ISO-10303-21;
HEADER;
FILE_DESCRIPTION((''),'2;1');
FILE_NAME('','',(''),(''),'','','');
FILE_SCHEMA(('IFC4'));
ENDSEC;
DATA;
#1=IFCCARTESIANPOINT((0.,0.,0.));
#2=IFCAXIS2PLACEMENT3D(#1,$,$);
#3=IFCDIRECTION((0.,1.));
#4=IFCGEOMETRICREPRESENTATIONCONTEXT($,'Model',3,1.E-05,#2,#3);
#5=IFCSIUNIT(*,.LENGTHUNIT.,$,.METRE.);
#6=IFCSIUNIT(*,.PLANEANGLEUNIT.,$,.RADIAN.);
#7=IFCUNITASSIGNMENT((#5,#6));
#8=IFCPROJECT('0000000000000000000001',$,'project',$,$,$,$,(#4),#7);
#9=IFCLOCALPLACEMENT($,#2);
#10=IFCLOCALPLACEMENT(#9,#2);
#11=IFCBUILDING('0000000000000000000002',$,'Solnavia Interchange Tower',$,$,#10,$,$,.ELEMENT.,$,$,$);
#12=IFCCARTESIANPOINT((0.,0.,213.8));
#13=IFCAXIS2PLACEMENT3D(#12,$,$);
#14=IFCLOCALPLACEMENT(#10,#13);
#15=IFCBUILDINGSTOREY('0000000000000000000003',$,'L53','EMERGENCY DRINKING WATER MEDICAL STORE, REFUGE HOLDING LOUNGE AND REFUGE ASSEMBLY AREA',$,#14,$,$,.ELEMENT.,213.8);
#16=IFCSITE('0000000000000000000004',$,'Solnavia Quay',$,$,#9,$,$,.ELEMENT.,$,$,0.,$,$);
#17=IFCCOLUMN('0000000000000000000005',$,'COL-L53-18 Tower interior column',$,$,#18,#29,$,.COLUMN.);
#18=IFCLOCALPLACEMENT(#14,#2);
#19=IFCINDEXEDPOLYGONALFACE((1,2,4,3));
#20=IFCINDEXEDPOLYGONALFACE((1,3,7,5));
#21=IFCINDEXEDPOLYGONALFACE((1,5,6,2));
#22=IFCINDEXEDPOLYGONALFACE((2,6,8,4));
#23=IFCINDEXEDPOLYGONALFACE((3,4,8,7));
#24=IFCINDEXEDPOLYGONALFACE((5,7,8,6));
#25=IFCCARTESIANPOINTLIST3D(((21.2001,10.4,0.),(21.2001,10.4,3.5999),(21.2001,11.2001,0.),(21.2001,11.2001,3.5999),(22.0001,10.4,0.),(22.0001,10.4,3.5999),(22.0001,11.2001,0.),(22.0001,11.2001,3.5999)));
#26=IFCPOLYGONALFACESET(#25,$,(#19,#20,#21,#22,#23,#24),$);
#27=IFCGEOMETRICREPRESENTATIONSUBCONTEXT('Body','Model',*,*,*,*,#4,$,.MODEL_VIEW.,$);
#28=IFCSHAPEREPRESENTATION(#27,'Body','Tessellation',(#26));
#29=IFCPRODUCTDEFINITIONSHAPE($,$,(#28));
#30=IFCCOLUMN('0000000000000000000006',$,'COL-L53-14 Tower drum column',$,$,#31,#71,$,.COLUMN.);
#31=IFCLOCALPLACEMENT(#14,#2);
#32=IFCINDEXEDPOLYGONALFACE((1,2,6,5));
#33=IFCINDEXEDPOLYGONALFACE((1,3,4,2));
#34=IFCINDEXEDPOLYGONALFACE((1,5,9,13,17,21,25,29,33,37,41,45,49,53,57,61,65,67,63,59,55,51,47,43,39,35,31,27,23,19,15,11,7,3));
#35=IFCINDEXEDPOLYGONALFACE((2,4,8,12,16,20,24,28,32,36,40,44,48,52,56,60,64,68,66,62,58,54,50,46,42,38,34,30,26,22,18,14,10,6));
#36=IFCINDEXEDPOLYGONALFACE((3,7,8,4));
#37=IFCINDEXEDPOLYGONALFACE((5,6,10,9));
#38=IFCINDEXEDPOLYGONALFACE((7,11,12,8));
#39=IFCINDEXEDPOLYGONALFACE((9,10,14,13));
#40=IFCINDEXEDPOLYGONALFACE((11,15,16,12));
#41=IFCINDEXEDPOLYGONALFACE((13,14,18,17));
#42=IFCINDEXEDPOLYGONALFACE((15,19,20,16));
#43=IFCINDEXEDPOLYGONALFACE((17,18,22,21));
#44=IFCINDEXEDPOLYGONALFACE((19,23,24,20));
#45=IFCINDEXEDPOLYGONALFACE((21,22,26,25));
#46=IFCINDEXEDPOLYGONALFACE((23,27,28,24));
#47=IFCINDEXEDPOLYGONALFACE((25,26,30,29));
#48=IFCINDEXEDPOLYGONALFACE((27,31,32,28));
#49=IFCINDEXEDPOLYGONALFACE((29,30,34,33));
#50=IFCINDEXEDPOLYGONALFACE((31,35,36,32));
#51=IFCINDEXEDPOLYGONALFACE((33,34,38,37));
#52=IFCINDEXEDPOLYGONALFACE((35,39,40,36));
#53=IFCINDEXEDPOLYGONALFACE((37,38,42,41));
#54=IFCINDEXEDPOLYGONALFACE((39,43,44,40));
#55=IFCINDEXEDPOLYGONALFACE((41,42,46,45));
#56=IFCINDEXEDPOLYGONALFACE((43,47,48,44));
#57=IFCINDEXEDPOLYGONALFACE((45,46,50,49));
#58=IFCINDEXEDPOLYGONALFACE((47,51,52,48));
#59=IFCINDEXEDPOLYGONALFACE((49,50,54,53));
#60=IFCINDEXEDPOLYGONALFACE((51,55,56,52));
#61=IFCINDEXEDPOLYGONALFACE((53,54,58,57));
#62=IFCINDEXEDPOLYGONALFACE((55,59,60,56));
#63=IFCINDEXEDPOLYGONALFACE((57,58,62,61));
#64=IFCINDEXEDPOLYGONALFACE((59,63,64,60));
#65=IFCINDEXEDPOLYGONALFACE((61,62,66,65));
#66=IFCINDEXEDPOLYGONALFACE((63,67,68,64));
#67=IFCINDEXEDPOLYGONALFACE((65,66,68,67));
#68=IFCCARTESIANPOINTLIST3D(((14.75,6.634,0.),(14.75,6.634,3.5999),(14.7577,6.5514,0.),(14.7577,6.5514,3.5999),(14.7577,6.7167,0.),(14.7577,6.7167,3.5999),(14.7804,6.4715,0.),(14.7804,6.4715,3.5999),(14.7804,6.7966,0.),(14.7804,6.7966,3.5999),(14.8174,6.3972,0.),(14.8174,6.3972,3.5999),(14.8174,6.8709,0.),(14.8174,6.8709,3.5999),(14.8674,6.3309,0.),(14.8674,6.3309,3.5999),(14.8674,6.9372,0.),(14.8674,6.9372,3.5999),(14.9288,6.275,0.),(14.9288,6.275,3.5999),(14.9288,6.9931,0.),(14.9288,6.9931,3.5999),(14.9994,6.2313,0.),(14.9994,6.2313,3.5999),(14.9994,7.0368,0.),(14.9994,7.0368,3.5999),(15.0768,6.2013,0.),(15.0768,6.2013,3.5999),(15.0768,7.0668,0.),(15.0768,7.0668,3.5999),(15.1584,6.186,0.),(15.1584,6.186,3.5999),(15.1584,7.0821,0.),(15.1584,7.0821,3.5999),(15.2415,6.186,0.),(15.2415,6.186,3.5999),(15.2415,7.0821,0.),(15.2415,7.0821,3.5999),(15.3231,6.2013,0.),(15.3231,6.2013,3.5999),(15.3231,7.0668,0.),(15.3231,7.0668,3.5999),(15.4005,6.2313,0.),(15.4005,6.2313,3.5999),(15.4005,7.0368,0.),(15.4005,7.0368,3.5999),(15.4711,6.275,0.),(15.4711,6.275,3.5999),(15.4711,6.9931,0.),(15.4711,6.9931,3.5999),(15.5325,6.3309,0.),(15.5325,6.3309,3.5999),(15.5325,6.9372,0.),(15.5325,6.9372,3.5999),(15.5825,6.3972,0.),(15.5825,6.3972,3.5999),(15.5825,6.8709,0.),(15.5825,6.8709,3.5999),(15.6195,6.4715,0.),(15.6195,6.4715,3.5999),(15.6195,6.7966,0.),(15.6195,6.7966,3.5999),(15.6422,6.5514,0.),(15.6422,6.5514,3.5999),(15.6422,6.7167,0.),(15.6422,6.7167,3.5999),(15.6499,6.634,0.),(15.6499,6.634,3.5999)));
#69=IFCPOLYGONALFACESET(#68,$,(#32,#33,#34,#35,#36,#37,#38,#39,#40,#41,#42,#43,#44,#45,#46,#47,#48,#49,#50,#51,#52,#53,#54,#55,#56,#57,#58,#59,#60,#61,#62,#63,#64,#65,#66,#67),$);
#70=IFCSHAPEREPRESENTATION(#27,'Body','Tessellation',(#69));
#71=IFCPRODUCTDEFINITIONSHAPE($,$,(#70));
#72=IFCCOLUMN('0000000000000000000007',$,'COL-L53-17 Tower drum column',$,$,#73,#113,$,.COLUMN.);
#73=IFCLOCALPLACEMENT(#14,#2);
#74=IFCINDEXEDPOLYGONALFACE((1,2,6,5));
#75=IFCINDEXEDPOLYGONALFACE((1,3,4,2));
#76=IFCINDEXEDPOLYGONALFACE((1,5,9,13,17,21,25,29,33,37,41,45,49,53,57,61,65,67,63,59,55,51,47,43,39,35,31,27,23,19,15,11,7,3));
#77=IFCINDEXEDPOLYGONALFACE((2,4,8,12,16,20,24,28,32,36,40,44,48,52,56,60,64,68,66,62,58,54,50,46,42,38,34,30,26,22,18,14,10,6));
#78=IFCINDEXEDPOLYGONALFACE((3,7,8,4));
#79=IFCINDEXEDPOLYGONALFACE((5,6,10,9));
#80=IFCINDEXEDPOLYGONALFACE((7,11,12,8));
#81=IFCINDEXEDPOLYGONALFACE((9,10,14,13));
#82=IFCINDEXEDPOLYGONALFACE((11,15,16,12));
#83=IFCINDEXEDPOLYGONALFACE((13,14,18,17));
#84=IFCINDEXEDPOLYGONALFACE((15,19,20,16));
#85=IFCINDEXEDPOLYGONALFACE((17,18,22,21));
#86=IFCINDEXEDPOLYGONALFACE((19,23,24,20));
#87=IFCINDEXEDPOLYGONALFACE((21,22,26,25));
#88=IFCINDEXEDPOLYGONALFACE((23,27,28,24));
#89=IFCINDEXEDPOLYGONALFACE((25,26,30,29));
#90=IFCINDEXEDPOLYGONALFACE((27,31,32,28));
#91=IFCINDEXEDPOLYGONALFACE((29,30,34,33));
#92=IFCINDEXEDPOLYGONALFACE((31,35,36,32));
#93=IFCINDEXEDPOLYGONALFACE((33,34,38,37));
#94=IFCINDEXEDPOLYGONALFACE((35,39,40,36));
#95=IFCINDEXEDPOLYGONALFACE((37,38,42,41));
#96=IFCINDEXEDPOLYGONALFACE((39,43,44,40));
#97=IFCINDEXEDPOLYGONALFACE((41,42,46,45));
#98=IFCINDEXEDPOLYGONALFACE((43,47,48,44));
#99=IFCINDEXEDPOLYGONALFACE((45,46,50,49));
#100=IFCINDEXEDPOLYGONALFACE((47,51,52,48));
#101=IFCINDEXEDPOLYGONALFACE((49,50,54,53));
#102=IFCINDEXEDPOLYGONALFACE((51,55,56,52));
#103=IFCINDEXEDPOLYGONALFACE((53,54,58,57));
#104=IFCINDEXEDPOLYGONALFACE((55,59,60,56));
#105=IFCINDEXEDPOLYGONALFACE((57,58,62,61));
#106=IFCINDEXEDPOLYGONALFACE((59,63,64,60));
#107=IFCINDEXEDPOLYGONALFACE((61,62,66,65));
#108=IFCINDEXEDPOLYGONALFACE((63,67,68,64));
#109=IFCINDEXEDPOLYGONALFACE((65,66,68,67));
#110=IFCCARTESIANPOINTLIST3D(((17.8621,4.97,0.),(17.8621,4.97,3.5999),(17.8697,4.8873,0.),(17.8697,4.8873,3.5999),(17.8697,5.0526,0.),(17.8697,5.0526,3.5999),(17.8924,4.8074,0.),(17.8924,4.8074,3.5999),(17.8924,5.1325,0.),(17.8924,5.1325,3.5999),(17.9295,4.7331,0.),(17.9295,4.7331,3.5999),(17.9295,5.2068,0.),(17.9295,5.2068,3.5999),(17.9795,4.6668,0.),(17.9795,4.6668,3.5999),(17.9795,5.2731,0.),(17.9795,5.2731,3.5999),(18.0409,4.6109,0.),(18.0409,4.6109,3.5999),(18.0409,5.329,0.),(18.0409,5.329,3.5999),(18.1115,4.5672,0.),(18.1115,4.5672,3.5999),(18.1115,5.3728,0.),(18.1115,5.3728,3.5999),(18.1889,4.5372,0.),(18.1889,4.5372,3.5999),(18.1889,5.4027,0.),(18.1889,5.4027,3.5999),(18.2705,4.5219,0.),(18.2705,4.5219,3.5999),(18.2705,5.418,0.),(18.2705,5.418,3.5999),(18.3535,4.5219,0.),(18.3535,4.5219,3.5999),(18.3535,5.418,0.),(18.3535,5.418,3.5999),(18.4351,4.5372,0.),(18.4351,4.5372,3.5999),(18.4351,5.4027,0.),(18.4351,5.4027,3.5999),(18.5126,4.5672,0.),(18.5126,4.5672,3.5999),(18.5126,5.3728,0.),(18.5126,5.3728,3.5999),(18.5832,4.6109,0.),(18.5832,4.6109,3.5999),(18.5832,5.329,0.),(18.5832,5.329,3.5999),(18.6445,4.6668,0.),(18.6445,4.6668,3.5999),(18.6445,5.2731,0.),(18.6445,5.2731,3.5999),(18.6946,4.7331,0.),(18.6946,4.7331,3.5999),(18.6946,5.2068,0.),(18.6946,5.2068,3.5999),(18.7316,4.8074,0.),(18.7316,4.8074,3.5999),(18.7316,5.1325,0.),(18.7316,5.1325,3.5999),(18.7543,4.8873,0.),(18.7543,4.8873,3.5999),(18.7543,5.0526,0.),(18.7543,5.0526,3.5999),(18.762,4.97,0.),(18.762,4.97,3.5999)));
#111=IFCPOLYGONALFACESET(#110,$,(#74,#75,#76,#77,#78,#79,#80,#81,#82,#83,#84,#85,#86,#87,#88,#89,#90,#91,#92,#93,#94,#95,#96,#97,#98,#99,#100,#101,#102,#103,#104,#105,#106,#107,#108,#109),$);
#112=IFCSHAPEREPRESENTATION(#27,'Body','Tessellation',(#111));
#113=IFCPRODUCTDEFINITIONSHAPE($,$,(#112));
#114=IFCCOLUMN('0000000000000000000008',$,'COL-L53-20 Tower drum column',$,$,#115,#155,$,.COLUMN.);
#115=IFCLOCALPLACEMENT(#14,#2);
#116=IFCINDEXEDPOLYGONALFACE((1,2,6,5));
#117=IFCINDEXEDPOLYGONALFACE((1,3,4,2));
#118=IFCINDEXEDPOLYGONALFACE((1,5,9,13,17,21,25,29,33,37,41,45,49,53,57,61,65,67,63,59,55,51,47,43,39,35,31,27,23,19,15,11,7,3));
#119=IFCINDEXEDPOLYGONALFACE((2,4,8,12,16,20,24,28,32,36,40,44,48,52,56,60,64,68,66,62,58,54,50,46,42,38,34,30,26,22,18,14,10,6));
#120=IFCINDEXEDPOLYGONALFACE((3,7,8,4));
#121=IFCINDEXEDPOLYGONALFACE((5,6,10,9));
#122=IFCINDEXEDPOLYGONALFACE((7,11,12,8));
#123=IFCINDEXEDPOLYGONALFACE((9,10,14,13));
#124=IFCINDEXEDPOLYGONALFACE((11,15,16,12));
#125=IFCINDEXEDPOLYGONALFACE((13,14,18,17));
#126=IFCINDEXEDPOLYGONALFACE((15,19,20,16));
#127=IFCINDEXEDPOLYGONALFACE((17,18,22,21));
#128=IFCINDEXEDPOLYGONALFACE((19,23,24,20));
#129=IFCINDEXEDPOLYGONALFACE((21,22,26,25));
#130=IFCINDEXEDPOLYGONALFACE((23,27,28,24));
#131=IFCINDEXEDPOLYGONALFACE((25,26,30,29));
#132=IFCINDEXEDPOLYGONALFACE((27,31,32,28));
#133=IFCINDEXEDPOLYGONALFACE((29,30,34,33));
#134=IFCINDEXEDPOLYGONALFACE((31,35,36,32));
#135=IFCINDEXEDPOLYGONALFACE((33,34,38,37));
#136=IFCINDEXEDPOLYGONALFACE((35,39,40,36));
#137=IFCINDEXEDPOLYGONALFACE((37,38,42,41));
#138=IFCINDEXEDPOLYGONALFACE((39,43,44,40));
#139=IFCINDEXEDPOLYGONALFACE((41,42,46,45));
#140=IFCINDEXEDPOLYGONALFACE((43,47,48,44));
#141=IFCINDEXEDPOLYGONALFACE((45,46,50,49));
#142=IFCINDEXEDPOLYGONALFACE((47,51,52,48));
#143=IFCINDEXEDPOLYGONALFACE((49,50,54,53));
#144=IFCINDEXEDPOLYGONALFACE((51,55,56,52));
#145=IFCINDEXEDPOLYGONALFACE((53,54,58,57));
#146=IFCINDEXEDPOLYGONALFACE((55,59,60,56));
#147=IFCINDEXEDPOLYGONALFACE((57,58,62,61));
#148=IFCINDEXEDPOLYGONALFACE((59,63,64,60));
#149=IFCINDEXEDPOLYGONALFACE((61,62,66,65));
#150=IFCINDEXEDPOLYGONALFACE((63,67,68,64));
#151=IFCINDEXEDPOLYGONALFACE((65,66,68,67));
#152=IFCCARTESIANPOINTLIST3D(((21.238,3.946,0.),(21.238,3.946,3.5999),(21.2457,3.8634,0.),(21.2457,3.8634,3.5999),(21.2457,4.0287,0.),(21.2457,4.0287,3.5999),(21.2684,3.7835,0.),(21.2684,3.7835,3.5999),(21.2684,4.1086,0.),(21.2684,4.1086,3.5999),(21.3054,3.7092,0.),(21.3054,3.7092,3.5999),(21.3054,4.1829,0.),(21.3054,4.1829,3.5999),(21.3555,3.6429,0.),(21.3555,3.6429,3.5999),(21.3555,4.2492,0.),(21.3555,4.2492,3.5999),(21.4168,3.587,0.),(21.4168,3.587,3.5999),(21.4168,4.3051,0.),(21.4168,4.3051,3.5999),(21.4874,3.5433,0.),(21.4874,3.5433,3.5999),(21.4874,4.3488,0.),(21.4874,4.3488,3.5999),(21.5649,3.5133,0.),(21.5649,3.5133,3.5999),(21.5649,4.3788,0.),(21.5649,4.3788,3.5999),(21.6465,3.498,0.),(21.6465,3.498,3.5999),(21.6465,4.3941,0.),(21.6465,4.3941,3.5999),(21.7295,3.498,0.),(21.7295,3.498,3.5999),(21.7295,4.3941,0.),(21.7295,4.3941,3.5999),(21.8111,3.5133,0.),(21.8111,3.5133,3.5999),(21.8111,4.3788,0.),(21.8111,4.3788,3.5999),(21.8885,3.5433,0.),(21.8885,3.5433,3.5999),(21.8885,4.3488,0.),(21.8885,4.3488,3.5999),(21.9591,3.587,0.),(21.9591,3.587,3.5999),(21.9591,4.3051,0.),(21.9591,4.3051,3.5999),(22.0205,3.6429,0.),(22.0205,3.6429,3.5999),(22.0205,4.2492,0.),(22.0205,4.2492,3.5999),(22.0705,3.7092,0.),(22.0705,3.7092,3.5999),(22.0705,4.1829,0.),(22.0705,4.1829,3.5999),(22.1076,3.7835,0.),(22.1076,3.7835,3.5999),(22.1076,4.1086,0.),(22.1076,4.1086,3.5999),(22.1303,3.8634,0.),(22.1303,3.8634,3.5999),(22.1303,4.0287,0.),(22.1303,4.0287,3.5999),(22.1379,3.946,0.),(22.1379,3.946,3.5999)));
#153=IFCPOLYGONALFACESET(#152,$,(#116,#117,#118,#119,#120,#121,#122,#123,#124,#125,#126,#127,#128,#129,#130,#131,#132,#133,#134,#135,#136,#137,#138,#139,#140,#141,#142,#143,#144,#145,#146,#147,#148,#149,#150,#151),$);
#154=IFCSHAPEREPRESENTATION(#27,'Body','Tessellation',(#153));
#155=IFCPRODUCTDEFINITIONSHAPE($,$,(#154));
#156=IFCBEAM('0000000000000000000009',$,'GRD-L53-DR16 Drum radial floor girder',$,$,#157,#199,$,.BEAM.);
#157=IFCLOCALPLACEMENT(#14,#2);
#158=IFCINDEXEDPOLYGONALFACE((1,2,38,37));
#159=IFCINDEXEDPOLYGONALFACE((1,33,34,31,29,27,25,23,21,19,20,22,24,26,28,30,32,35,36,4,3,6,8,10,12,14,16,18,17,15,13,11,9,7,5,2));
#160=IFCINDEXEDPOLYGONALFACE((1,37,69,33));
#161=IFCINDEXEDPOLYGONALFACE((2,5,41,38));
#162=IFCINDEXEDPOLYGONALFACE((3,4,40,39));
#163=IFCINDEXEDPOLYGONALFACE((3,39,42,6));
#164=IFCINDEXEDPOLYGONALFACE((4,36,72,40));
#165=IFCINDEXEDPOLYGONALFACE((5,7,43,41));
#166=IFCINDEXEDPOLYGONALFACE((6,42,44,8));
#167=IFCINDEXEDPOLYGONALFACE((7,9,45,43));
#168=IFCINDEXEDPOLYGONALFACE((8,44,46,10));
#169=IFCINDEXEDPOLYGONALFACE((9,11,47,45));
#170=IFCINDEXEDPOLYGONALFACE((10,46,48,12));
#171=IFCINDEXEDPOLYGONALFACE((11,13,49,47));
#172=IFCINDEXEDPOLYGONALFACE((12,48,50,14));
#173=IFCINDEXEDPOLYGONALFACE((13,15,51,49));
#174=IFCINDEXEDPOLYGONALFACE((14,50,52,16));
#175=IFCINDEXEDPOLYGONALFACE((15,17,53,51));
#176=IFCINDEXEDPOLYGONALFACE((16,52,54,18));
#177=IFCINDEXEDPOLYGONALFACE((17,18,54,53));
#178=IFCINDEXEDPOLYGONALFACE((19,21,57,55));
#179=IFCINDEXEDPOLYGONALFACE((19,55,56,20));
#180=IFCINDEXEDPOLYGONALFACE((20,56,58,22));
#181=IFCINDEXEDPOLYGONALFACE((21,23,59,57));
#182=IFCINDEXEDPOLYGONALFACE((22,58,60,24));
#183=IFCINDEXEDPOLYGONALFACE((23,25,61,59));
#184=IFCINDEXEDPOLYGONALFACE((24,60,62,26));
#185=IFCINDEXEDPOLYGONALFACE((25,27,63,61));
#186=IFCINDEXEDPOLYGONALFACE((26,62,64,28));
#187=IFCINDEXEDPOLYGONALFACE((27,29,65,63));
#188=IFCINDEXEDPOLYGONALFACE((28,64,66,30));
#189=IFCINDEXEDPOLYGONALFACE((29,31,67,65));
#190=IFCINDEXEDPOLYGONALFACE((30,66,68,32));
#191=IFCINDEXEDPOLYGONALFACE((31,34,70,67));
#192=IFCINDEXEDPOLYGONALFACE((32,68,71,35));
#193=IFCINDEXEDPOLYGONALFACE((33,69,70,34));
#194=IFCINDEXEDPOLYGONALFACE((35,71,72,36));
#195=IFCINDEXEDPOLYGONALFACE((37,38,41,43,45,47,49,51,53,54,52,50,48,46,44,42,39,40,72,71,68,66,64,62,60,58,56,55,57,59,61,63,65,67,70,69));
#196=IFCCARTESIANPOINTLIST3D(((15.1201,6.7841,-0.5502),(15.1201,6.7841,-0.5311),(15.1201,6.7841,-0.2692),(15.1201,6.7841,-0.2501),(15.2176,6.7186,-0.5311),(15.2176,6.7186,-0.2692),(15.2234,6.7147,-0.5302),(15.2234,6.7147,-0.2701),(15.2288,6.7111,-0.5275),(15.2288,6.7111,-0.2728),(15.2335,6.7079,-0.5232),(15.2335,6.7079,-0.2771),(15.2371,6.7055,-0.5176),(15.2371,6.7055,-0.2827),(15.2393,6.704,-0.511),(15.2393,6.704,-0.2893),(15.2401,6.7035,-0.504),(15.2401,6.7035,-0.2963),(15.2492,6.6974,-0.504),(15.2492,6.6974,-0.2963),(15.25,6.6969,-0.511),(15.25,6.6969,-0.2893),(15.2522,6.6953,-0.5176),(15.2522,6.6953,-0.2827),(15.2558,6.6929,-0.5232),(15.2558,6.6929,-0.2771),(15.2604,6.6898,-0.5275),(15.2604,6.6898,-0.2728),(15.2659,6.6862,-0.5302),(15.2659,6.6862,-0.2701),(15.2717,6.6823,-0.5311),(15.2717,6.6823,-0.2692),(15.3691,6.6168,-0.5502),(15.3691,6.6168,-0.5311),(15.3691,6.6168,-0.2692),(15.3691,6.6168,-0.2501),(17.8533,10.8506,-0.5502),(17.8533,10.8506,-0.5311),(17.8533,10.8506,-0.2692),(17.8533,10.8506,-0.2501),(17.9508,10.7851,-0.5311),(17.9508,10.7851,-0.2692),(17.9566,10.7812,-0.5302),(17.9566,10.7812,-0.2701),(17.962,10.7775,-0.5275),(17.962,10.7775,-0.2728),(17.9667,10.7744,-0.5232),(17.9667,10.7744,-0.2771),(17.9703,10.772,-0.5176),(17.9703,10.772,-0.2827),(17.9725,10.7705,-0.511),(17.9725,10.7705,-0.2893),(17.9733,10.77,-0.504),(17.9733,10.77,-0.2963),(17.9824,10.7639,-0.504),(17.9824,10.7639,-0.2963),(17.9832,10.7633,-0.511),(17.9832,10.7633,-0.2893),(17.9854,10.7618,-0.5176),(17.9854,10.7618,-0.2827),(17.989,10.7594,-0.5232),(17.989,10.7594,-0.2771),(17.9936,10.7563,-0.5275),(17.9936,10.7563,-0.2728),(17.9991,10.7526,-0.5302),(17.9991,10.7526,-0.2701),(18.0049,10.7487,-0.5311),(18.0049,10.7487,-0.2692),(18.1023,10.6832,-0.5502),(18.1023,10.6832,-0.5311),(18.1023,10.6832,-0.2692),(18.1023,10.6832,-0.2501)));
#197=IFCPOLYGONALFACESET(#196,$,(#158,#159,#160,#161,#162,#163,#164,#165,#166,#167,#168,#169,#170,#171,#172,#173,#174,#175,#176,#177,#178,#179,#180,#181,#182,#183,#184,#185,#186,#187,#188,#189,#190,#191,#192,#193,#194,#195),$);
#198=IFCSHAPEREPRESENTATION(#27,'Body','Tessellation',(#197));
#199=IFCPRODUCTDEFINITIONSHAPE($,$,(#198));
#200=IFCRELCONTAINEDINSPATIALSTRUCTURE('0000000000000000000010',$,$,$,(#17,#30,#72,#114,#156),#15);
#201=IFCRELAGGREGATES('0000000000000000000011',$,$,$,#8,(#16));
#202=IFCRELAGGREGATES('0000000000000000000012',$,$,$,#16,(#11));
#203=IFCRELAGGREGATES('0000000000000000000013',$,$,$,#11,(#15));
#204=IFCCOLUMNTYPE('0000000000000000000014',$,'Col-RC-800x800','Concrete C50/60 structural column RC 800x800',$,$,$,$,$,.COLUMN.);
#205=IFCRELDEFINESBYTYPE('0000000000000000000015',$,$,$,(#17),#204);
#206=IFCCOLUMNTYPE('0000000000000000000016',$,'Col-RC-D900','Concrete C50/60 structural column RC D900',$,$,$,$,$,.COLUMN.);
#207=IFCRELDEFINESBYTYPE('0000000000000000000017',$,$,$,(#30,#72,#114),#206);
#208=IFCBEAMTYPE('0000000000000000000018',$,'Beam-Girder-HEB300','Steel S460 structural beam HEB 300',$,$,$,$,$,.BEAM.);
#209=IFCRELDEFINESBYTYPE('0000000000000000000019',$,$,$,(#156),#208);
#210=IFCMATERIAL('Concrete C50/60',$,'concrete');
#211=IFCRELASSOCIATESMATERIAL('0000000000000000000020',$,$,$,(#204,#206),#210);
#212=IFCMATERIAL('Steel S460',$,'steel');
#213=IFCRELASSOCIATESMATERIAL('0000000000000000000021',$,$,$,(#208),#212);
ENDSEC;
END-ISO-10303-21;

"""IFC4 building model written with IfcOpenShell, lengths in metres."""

from ifc_helpers import new_model, si_unit, direction, frame, origin, origin_2d, place, context, subcontext, project, spatial, rectangle, circle, i_section, extrude, material, material_profile, profile_set, type_object, element, save


model = new_model("IFC4")

# Units and contexts
model_context = context("Model", 3, precision=1e-05, world=origin(), true_north=direction((0.0, 1.0)))
body_context = subcontext(model_context, "Body", "Model", "MODEL_VIEW")
ifc_project = project(units=[si_unit("LENGTHUNIT", "METRE"), si_unit("PLANEANGLEUNIT", "RADIAN")], contexts=[model_context])

# Site, building, storey
site_placement = place(None, origin())
site = spatial("IfcSite", under=ifc_project, at=site_placement, Name="Solnavia Quay", CompositionType="ELEMENT", RefElevation=0.0)
building_placement = place(site_placement, origin())
building = spatial("IfcBuilding", under=site, at=building_placement, Name="Solnavia Interchange Tower", CompositionType="ELEMENT")
storey_placement = place(building_placement, frame((0.0, 0.0, 213.8)))
storey = spatial("IfcBuildingStorey", under=building, at=storey_placement, Name="L53", Description="EMERGENCY DRINKING WATER MEDICAL STORE, REFUGE HOLDING LOUNGE AND REFUGE ASSEMBLY AREA", CompositionType="ELEMENT", Elevation=213.8)

# Columns
ifc_material_1 = material(Name="Concrete C50/60", Category="concrete")
ifc_material_profile_1 = material_profile(ifc_material_1, rectangle(XDim=0.8, YDim=0.8, at=origin_2d()), Name="RC 800x800")
ifc_profile_set_1 = profile_set([ifc_material_profile_1], Name="Concrete C50/60")
column_type_1 = type_object("IfcColumnType", Name="Col-RC-800x800", Description="Concrete C50/60 structural column RC 800x800", PredefinedType="COLUMN", material=ifc_profile_set_1)
column_placement = place(storey_placement, frame((21.6001, 10.8, 0.0), z_axis=(0.0, 0.0, 1.0), x_axis=(1.0, 0.0, 0.0)))
element("IfcColumn", 1, at=column_placement, inside=storey, type_object=column_type_1, Name="COL-L53-18 Tower interior column", PredefinedType="COLUMN", context=body_context, shape_type="SweptSolid", body=[
    extrude(rectangle(XDim=0.8, YDim=0.8, at=origin_2d()), origin(), (0.0, 0.0, 1.0), 3.5999),
])
ifc_material_profile_2 = material_profile(ifc_material_1, circle(Radius=0.45, at=origin_2d()), Name="RC D900")
ifc_profile_set_2 = profile_set([ifc_material_profile_2], Name="Concrete C50/60")
column_type_2 = type_object("IfcColumnType", Name="Col-RC-D900", Description="Concrete C50/60 structural column RC D900", PredefinedType="COLUMN", material=ifc_profile_set_2)
for number, where, z_axis, x_axis, name in (
    (2, (15.2, 6.634, 0.0), (0.0, 0.0, 1.0), (1.0, 0.0, 0.0), "COL-L53-14 Tower drum column"),
    (3, (18.312, 4.97, 0.0), (0.0, 0.0, 1.0), (1.0, 0.0, 0.0), "COL-L53-17 Tower drum column"),
    (4, (21.688, 3.946, 0.0), (0.0, 0.0, 1.0), (1.0, 0.0, 0.0), "COL-L53-20 Tower drum column"),
):
    element("IfcColumn", number, at=place(storey_placement, frame(where, z_axis=z_axis, x_axis=x_axis)), inside=storey, type_object=column_type_2, Name=name, PredefinedType="COLUMN", context=body_context, shape_type="SweptSolid", body=[
        extrude(circle(Radius=0.45, at=origin_2d()), origin(), (0.0, 0.0, 1.0), 3.5999),
    ])

# Beam
ifc_material_2 = material(Name="Steel S460", Category="steel")
ifc_material_profile_3 = material_profile(ifc_material_2, i_section(OverallWidth=0.3, OverallDepth=0.3, WebThickness=0.011, FlangeThickness=0.019, FilletRadius=0.0271, at=origin_2d()), Name="HEB 300")
ifc_profile_set_3 = profile_set([ifc_material_profile_3], Name="Steel S460")
beam_type_1 = type_object("IfcBeamType", Name="Beam-Girder-HEB300", Description="Steel S460 structural beam HEB 300", PredefinedType="BEAM", material=ifc_profile_set_3)
beam_1_placement = place(storey_placement, frame((15.2446, 6.7004, -0.4001), z_axis=(0.557835, 0.829952, 0.0), x_axis=(-0.829952, 0.557835, 0.0)))
element("IfcBeam", 5, at=beam_1_placement, inside=storey, type_object=beam_type_1, Name="GRD-L53-DR16 Drum radial floor girder", PredefinedType="BEAM", context=body_context, shape_type="SweptSolid", body=[
    extrude(i_section(OverallWidth=0.3, OverallDepth=0.3, WebThickness=0.011, FlangeThickness=0.019, FilletRadius=0.0271, at=origin_2d()), origin(), (0.0, 0.0, 1.0), 4.8997),
])

save(model, "model.ifc")
